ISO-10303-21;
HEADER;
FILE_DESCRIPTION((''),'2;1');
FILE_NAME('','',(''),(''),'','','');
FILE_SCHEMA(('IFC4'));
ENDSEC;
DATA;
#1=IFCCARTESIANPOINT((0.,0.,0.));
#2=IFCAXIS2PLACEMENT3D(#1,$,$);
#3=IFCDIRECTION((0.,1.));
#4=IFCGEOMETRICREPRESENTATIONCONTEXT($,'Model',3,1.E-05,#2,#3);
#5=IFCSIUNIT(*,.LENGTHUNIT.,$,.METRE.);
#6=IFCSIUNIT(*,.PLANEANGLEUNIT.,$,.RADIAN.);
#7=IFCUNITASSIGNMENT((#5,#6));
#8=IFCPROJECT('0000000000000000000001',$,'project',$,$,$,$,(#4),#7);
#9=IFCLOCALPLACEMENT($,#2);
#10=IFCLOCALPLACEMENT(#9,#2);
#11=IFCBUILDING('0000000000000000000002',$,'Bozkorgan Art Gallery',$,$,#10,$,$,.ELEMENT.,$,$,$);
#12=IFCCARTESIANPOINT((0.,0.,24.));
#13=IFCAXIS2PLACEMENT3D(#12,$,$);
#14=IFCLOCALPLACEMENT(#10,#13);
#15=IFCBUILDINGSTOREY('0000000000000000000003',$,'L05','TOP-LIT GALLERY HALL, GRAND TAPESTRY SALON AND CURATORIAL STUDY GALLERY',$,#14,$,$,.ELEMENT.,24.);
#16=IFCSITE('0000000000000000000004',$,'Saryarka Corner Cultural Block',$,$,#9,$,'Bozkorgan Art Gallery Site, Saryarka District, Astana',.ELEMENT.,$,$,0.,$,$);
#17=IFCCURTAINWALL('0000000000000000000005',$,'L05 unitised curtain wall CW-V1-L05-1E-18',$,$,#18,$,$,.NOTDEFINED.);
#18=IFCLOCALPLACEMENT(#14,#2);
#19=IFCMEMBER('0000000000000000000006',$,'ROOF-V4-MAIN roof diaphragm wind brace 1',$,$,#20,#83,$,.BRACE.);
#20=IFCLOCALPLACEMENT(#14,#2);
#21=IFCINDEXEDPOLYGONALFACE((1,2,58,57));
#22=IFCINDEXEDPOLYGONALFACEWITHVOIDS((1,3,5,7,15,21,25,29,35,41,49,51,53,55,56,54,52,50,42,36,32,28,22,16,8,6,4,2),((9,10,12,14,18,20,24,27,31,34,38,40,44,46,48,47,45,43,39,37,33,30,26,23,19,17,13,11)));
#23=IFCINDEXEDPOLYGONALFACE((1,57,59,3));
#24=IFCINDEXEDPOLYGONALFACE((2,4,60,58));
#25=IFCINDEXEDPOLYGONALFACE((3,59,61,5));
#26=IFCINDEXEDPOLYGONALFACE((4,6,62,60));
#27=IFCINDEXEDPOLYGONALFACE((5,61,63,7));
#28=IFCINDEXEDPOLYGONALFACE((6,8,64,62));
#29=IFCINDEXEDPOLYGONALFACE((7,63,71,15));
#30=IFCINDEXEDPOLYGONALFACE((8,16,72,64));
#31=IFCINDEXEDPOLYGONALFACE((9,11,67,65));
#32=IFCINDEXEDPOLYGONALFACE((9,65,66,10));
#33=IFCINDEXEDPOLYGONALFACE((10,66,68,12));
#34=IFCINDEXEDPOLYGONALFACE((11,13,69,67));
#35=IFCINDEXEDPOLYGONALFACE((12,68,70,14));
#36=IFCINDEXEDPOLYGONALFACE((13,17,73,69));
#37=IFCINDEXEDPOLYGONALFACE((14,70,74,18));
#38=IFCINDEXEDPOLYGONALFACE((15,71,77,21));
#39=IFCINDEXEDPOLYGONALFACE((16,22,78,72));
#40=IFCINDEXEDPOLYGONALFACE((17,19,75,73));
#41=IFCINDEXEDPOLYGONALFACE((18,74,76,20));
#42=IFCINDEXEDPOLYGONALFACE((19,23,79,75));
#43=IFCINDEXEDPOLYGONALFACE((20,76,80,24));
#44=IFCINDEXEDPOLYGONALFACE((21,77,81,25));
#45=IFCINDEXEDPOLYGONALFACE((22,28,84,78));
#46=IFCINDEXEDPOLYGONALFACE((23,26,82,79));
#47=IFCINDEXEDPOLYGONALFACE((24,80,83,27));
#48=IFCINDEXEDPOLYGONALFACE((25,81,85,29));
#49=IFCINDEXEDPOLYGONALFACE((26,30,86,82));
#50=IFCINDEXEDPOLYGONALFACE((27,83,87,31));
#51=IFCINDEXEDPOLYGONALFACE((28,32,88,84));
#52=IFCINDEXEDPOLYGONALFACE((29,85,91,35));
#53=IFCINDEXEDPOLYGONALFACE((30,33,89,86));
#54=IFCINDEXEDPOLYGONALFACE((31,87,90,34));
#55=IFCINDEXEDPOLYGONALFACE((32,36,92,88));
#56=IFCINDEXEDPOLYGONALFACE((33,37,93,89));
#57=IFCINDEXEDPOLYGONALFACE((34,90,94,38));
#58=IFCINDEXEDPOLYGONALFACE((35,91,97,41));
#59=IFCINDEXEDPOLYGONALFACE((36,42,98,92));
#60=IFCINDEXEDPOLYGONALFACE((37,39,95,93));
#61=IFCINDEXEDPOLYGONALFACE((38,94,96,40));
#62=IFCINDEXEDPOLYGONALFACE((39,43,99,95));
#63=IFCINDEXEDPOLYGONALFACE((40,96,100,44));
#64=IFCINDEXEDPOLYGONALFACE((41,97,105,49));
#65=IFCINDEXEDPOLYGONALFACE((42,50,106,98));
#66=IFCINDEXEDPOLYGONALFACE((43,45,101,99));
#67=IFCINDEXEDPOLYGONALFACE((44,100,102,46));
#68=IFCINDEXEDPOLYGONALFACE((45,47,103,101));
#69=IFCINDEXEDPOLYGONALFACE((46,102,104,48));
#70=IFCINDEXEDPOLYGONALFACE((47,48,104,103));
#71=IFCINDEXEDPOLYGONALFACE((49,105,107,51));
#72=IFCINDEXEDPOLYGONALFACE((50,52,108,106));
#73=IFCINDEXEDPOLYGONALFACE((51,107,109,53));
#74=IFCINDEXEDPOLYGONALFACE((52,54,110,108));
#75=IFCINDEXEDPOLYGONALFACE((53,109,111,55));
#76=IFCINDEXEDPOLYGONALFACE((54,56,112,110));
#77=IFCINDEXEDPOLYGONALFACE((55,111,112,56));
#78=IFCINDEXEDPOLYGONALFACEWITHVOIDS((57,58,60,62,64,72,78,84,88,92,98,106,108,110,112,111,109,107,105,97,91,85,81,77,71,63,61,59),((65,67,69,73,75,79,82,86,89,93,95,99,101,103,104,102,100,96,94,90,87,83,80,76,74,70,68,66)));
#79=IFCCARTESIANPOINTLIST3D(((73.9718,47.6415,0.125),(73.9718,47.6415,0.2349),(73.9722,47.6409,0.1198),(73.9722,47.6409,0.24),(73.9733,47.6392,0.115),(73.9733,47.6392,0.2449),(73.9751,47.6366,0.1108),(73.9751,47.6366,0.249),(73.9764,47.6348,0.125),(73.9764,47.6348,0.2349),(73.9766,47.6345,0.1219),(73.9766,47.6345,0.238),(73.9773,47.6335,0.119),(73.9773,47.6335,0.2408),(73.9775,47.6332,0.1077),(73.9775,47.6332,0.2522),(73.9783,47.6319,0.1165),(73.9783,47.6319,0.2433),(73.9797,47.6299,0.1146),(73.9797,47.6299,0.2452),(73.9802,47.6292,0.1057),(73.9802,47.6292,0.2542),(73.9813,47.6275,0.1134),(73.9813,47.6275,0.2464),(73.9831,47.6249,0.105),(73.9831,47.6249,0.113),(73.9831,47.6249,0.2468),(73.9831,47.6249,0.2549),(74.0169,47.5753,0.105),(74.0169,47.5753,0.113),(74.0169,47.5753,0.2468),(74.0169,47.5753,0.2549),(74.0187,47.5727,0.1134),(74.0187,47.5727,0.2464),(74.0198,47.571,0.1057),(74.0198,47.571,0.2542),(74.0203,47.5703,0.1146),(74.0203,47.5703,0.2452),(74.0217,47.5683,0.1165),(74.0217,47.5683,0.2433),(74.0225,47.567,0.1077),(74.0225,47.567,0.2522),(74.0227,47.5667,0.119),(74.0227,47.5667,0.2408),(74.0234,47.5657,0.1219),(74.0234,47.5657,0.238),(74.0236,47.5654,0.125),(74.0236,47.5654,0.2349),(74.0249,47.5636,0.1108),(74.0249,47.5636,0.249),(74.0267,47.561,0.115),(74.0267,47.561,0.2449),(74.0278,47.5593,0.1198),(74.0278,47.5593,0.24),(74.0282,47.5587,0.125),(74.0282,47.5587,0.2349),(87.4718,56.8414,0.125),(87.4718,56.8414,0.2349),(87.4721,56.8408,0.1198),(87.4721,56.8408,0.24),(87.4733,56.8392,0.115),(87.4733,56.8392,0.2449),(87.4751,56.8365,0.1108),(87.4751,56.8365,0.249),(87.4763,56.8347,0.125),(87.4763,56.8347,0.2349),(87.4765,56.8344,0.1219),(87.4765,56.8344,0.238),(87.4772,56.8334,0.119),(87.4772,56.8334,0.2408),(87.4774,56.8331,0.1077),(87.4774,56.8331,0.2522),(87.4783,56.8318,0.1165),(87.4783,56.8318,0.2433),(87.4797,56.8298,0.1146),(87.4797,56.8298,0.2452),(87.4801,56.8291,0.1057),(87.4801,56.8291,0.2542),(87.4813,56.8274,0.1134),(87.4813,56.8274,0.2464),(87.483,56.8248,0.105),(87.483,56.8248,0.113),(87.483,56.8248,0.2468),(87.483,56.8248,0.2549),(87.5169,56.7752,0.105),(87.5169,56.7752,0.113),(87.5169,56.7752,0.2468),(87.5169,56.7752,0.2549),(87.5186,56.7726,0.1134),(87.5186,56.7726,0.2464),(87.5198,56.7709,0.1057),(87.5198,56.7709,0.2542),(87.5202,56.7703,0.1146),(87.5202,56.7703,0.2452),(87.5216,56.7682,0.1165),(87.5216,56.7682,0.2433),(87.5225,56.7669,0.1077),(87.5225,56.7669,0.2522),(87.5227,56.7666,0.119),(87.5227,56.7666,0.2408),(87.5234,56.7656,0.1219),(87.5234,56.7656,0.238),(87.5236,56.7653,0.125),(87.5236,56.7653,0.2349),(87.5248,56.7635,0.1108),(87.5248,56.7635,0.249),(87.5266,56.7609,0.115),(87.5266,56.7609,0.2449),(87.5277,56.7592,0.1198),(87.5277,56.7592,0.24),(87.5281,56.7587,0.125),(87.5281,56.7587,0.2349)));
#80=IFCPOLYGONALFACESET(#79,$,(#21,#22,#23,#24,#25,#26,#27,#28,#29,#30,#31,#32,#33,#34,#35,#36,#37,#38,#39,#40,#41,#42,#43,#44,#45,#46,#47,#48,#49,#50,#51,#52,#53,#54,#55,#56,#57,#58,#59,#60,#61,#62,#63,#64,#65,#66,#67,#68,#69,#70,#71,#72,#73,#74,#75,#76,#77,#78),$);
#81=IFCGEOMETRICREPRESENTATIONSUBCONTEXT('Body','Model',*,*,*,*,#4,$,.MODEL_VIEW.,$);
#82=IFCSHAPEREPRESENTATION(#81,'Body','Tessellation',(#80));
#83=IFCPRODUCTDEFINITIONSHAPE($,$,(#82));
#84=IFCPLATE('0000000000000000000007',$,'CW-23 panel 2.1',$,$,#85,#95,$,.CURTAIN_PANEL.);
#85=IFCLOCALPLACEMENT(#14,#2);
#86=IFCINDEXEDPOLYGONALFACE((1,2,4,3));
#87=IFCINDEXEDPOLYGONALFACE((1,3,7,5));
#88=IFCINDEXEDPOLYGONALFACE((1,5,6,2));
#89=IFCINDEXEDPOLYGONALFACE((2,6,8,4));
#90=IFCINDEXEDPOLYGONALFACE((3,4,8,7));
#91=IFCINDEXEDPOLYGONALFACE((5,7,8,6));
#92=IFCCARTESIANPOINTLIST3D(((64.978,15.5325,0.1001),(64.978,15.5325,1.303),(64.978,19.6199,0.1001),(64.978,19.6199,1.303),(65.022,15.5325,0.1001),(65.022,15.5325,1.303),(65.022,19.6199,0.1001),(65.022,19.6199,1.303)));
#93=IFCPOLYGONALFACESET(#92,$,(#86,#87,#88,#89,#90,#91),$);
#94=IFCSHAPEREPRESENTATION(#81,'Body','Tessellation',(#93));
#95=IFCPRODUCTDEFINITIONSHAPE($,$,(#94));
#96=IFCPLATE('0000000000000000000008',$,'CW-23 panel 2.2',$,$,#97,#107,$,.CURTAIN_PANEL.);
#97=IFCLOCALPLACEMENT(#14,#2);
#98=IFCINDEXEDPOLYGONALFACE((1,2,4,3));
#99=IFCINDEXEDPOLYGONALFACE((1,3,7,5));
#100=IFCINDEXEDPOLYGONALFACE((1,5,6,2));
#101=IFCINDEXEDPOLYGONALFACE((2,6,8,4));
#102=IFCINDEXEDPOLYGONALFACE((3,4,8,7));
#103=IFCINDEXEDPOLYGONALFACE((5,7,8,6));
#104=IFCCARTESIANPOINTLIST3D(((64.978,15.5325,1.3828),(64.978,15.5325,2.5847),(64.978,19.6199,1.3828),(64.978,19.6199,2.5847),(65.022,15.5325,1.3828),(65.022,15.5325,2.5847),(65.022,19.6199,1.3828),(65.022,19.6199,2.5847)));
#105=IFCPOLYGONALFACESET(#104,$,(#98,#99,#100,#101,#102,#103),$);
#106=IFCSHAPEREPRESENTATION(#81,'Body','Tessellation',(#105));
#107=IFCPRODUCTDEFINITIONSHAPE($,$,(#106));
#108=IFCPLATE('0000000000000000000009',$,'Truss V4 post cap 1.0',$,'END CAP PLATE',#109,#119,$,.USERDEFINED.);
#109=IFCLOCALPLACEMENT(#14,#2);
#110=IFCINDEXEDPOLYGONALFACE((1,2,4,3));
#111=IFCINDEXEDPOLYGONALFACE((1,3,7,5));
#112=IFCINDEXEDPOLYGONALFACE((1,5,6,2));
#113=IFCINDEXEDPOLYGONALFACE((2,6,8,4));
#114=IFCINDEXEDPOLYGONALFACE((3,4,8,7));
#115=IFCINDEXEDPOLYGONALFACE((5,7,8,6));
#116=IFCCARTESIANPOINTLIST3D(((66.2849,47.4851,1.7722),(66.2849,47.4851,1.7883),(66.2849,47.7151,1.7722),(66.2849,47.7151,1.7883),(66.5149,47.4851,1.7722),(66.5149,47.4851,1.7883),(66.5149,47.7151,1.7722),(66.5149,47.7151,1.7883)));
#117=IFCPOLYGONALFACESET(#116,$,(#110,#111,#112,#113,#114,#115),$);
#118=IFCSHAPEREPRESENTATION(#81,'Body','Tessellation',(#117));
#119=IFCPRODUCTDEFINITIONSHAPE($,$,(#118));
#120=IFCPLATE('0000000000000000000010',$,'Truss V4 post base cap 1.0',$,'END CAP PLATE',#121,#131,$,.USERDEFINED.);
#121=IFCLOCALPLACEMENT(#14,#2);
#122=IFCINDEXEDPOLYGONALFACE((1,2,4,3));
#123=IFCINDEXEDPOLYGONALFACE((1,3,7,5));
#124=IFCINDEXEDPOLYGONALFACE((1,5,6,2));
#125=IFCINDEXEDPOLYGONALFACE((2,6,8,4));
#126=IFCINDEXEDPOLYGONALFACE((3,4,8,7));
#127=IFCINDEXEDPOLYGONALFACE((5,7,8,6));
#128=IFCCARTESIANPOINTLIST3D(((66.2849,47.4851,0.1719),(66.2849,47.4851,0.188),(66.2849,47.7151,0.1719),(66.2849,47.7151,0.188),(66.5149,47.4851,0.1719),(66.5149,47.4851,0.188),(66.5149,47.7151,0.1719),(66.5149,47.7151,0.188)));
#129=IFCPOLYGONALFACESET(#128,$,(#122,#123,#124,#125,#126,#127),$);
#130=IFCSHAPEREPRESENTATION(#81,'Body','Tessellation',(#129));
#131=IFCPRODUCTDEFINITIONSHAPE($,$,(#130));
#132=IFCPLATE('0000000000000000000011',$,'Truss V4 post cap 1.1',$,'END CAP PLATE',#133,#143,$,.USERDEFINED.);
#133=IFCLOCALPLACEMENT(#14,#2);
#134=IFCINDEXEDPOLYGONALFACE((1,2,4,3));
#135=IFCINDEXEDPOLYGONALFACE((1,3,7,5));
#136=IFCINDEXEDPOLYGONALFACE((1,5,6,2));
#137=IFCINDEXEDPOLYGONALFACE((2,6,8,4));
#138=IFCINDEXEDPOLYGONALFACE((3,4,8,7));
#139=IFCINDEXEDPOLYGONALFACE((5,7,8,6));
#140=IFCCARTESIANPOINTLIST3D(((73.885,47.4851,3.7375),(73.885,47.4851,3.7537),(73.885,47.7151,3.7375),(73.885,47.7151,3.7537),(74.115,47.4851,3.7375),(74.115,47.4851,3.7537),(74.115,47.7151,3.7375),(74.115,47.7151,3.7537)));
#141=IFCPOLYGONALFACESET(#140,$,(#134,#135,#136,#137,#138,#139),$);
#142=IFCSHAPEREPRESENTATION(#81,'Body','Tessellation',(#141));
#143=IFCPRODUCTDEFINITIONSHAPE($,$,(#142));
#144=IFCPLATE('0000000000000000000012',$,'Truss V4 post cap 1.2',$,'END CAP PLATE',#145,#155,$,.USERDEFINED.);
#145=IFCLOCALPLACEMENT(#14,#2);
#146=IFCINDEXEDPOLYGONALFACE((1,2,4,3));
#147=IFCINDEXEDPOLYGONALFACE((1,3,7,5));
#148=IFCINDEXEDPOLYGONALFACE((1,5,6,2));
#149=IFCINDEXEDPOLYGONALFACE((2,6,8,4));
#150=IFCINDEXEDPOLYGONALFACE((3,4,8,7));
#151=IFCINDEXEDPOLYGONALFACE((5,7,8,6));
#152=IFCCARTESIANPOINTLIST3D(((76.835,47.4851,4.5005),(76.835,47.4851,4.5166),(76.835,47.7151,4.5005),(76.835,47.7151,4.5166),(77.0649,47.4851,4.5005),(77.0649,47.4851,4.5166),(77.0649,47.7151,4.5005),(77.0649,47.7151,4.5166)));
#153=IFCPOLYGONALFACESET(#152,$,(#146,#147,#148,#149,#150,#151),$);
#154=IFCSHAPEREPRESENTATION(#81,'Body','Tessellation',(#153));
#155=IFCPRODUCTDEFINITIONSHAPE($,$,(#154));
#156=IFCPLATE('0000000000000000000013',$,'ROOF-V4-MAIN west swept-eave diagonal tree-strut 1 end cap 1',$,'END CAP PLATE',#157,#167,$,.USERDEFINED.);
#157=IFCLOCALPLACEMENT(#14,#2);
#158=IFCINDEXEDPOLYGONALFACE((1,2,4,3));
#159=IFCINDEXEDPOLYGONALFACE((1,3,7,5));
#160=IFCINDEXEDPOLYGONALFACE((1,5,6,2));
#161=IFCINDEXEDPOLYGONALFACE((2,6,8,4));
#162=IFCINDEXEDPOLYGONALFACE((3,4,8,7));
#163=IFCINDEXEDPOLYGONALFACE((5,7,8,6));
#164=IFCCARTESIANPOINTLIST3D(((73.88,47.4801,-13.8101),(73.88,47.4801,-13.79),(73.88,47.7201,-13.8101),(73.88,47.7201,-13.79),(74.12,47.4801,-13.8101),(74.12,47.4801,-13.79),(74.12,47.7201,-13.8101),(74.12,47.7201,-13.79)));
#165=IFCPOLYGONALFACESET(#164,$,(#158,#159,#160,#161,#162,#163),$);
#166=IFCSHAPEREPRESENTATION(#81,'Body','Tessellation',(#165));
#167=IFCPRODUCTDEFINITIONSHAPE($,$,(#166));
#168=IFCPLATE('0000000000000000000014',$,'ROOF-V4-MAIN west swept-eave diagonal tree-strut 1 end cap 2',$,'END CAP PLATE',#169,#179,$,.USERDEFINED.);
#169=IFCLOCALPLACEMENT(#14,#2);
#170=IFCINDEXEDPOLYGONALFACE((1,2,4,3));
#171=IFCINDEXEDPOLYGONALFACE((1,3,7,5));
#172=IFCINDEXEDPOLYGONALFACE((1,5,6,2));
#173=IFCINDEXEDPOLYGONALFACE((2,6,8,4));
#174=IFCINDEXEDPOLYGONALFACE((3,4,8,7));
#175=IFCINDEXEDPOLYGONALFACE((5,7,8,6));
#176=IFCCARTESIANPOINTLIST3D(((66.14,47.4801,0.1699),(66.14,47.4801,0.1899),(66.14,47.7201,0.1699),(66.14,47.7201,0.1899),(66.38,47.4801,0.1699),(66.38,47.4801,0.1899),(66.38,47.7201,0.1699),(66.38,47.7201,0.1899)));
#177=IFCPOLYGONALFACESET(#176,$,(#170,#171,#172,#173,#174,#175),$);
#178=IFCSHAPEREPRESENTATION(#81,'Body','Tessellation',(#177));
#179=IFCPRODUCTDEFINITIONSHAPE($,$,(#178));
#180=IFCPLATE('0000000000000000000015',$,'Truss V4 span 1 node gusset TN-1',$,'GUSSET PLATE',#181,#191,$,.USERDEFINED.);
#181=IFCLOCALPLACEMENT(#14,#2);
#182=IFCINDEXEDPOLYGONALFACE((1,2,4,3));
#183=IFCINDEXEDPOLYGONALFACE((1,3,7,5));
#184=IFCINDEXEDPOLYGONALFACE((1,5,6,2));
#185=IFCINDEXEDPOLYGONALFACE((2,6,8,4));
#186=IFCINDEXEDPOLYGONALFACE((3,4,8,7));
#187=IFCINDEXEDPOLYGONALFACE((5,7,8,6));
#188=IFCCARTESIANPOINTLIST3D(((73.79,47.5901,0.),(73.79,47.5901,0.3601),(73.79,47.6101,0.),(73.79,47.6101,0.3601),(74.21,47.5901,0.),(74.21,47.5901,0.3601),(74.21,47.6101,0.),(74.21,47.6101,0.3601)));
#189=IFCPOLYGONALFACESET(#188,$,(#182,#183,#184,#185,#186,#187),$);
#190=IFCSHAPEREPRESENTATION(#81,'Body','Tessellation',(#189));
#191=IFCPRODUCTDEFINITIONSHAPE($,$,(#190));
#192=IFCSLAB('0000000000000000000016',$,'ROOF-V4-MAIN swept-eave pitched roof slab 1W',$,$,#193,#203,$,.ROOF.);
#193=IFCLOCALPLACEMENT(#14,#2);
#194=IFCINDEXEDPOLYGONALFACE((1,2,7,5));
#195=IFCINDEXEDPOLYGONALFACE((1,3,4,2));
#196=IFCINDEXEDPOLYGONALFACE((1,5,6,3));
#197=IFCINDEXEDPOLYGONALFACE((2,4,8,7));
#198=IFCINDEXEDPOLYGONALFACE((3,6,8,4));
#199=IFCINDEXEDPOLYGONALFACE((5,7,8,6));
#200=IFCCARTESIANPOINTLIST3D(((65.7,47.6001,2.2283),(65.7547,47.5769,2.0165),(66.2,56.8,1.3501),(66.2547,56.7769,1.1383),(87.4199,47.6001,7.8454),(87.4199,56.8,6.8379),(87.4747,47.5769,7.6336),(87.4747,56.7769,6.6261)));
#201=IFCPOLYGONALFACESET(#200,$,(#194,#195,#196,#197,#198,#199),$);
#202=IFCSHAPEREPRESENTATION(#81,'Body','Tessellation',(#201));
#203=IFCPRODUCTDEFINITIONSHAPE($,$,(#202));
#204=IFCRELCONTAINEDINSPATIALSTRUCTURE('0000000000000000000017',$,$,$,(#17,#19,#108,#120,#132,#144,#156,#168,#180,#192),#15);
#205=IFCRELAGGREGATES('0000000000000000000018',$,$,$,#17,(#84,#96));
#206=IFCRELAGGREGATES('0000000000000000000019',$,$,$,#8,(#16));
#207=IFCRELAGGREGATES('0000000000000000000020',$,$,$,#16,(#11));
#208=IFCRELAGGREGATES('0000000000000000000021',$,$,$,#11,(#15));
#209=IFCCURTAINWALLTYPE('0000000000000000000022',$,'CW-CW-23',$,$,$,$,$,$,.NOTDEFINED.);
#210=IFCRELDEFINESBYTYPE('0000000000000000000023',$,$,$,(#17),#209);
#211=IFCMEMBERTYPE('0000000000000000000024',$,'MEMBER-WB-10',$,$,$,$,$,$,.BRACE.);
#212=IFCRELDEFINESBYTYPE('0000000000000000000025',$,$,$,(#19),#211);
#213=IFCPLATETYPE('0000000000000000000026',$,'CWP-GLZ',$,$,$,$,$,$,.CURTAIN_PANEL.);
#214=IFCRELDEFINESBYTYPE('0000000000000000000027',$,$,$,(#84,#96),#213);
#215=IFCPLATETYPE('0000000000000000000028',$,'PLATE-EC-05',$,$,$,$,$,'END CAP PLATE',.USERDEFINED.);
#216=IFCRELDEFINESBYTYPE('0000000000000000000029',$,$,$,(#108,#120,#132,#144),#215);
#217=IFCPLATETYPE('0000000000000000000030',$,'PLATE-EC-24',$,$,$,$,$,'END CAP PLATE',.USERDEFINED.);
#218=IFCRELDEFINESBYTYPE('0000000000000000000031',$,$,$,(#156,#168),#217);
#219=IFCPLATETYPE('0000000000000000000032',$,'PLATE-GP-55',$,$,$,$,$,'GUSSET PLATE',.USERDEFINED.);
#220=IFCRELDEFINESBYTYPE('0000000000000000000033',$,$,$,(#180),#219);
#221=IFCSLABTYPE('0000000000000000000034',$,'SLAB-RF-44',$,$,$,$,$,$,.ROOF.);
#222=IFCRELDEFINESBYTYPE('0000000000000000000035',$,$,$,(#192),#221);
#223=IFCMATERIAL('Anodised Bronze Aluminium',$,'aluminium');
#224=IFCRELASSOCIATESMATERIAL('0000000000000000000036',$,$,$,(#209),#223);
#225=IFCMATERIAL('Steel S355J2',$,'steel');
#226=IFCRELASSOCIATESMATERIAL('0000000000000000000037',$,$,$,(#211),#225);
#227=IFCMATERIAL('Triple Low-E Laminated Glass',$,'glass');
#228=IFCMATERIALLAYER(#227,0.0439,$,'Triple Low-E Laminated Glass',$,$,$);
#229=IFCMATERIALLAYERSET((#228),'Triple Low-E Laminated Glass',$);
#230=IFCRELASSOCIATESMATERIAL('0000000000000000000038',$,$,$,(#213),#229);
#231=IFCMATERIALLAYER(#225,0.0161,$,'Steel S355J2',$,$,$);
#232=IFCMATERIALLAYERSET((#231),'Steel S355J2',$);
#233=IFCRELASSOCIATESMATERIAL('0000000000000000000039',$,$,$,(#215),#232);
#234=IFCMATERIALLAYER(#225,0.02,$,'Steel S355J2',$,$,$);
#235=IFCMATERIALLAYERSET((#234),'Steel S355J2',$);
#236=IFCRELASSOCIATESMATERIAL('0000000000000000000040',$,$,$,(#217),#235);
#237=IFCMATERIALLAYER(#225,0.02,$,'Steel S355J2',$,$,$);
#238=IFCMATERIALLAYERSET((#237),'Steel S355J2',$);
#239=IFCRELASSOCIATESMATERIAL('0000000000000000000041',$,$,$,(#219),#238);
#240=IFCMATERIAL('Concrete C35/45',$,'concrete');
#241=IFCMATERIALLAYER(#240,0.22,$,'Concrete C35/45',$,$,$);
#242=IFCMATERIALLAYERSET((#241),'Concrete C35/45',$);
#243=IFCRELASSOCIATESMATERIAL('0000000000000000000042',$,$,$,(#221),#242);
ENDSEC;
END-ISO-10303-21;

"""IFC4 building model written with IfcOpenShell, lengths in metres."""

from ifc_helpers import new_model, si_unit, direction, frame, origin, origin_2d, place, context, subcontext, project, spatial, polyline, rectangle, hollow_rectangle, outline, extrude, material, layer, layer_set, material_profile, profile_set, type_object, element, aggregate, save


model = new_model("IFC4")

# Units and contexts
model_context = context("Model", 3, precision=1e-05, world=origin(), true_north=direction((0.0, 1.0)))
body_context = subcontext(model_context, "Body", "Model", "MODEL_VIEW")
ifc_project = project(units=[si_unit("LENGTHUNIT", "METRE"), si_unit("PLANEANGLEUNIT", "RADIAN")], contexts=[model_context])

# Site, building, storey
site_placement = place(None, origin())
site = spatial("IfcSite", under=ifc_project, at=site_placement, Name="Saryarka Corner Cultural Block", LongName="Bozkorgan Art Gallery Site, Saryarka District, Astana", CompositionType="ELEMENT", RefElevation=0.0)
building_placement = place(site_placement, origin())
building = spatial("IfcBuilding", under=site, at=building_placement, Name="Bozkorgan Art Gallery", CompositionType="ELEMENT")
storey_placement = place(building_placement, frame((0.0, 0.0, 24.0)))
storey = spatial("IfcBuildingStorey", under=building, at=storey_placement, Name="L05", Description="TOP-LIT GALLERY HALL, GRAND TAPESTRY SALON AND CURATORIAL STUDY GALLERY", CompositionType="ELEMENT", Elevation=24.0)

# Shared definitions
ifc_material_1 = material(Name="Steel S355J2", Category="steel")

# Curtain wall
ifc_material_2 = material(Name="Anodised Bronze Aluminium", Category="aluminium")
curtain_wall_type = type_object("IfcCurtainWallType", Name="CW-CW-23", PredefinedType="NOTDEFINED", material=ifc_material_2)
curtain_wall_placement = place(storey_placement, origin())
curtain_wall = element("IfcCurtainWall", 1, at=curtain_wall_placement, inside=storey, type_object=curtain_wall_type, Name="L05 unitised curtain wall CW-V1-L05-1E-18", PredefinedType="NOTDEFINED")

# Member
ifc_material_profile_1 = material_profile(ifc_material_1, hollow_rectangle(XDim=0.1001, YDim=0.1499, WallThickness=0.0081, InnerFilletRadius=0.012, OuterFilletRadius=0.02, at=origin_2d()), Name="RHS 150x100x8")
ifc_profile_set_1 = profile_set([ifc_material_profile_1], Name="Steel S355J2")
member_type_1 = type_object("IfcMemberType", Name="MEMBER-WB-10", PredefinedType="BRACE", material=ifc_profile_set_1)
member_1_placement = place(storey_placement, frame((74.0, 47.6001, 0.1799), z_axis=(0.826358, 0.563145, 0.0), x_axis=(-0.563145, 0.826358, 0.0)))
element("IfcMember", 2, at=member_1_placement, inside=storey, type_object=member_type_1, Name="ROOF-V4-MAIN roof diaphragm wind brace 1", PredefinedType="BRACE", context=body_context, shape_type="SweptSolid", body=[
    extrude(hollow_rectangle(XDim=0.1001, YDim=0.1499, WallThickness=0.0081, InnerFilletRadius=0.012, OuterFilletRadius=0.02, at=origin_2d()), origin(), (0.0, 0.0, 1.0), 16.3367),
])

# Plates
ifc_material_3 = material(Name="Triple Low-E Laminated Glass", Category="glass")
ifc_layer_1 = layer(ifc_material_3, 0.0439, Name="Triple Low-E Laminated Glass")
ifc_layer_set_1 = layer_set([ifc_layer_1], Name="Triple Low-E Laminated Glass")
plate_type_1 = type_object("IfcPlateType", Name="CWP-GLZ", PredefinedType="CURTAIN_PANEL", material=ifc_layer_set_1)
plate_1_placement = place(storey_placement, frame((65.0, 17.5762, 0.1001), z_axis=(0.0, 0.0, 1.0), x_axis=(0.0, 1.0, 0.0)))
plate_1 = element("IfcPlate", 3, at=plate_1_placement, type_object=plate_type_1, Name="CW-23 panel 2.1", PredefinedType="CURTAIN_PANEL", context=body_context, shape_type="SweptSolid", body=[
    extrude(rectangle(XDim=4.0874, YDim=0.0439, at=origin_2d()), origin(), (0.0, 0.0, 1.0), 1.2029),
])
plate_2_placement = place(storey_placement, frame((65.0, 17.5762, 1.3828), z_axis=(0.0, 0.0, 1.0), x_axis=(0.0, 1.0, 0.0)))
plate_2 = element("IfcPlate", 4, at=plate_2_placement, type_object=plate_type_1, Name="CW-23 panel 2.2", PredefinedType="CURTAIN_PANEL", context=body_context, shape_type="SweptSolid", body=[
    extrude(rectangle(XDim=4.0874, YDim=0.0439, at=origin_2d()), origin(), (0.0, 0.0, 1.0), 1.2019),
])
aggregate(curtain_wall, [plate_1, plate_2])

# Plates
ifc_layer_2 = layer(ifc_material_1, 0.0161, Name="Steel S355J2")
ifc_layer_set_2 = layer_set([ifc_layer_2], Name="Steel S355J2")
plate_type_2 = type_object("IfcPlateType", Name="PLATE-EC-05", ElementType="END CAP PLATE", PredefinedType="USERDEFINED", material=ifc_layer_set_2)
for number, where, z_axis, x_axis, name in (
    (5, (66.3999, 47.6001, 1.7722), (0.0, 0.0, 1.0), (1.0, 0.0, 0.0), "Truss V4 post cap 1.0"),
    (6, (66.3999, 47.6001, 0.1719), (0.0, 0.0, 1.0), (1.0, 0.0, 0.0), "Truss V4 post base cap 1.0"),
    (7, (74.0, 47.6001, 3.7375), (0.0, 0.0, 1.0), (1.0, 0.0, 0.0), "Truss V4 post cap 1.1"),
    (8, (76.95, 47.6001, 4.5005), (0.0, 0.0, 1.0), (1.0, 0.0, 0.0), "Truss V4 post cap 1.2"),
):
    element("IfcPlate", number, at=place(storey_placement, frame(where, z_axis=z_axis, x_axis=x_axis)), inside=storey, type_object=plate_type_2, Name=name, ObjectType="END CAP PLATE", PredefinedType="USERDEFINED", context=body_context, shape_type="SweptSolid", body=[
        extrude(rectangle(XDim=0.23, YDim=0.23, at=origin_2d()), origin(), (0.0, 0.0, 1.0), 0.0161),
    ])
ifc_layer_3 = layer(ifc_material_1, 0.02, Name="Steel S355J2")
ifc_layer_set_3 = layer_set([ifc_layer_3], Name="Steel S355J2")
plate_type_3 = type_object("IfcPlateType", Name="PLATE-EC-24", ElementType="END CAP PLATE", PredefinedType="USERDEFINED", material=ifc_layer_set_3)
for number, where, z_axis, x_axis, name in (
    (9, (74.0, 47.6001, -13.8101), (0.0, 0.0, 1.0), (1.0, 0.0, 0.0), "ROOF-V4-MAIN west swept-eave diagonal tree-strut 1 end cap 1"),
    (10, (66.26, 47.6001, 0.1699), (0.0, 0.0, 1.0), (1.0, 0.0, 0.0), "ROOF-V4-MAIN west swept-eave diagonal tree-strut 1 end cap 2"),
):
    element("IfcPlate", number, at=place(storey_placement, frame(where, z_axis=z_axis, x_axis=x_axis)), inside=storey, type_object=plate_type_3, Name=name, ObjectType="END CAP PLATE", PredefinedType="USERDEFINED", context=body_context, shape_type="SweptSolid", body=[
        extrude(rectangle(XDim=0.24, YDim=0.24, at=origin_2d()), origin(), (0.0, 0.0, 1.0), 0.02),
    ])
ifc_layer_4 = layer(ifc_material_1, 0.02, Name="Steel S355J2")
ifc_layer_set_4 = layer_set([ifc_layer_4], Name="Steel S355J2")
plate_type_4 = type_object("IfcPlateType", Name="PLATE-GP-55", ElementType="GUSSET PLATE", PredefinedType="USERDEFINED", material=ifc_layer_set_4)
plate_3_placement = place(storey_placement, frame((74.0, 47.6001, 0.0), z_axis=(0.0, 0.0, 1.0), x_axis=(1.0, 0.0, 0.0)))
element("IfcPlate", 11, at=plate_3_placement, inside=storey, type_object=plate_type_4, Name="Truss V4 span 1 node gusset TN-1", ObjectType="GUSSET PLATE", PredefinedType="USERDEFINED", context=body_context, shape_type="SweptSolid", body=[
    extrude(rectangle(XDim=0.4199, YDim=0.02, at=origin_2d()), origin(), (0.0, 0.0, 1.0), 0.3601),
])

# Slab
ifc_material_4 = material(Name="Concrete C35/45", Category="concrete")
ifc_layer_5 = layer(ifc_material_4, 0.22, Name="Concrete C35/45")
ifc_layer_set_5 = layer_set([ifc_layer_5], Name="Concrete C35/45")
slab_type = type_object("IfcSlabType", Name="SLAB-RF-44", PredefinedType="ROOF", material=ifc_layer_set_5)
slab_placement = place(storey_placement, frame((65.7, 47.6001, 2.2283), z_axis=(-0.248984, 0.105435, 0.962752), x_axis=(0.968148, 0.0, 0.250379)))
element("IfcSlab", 12, at=slab_placement, inside=storey, type_object=slab_type, Name="ROOF-V4-MAIN swept-eave pitched roof slab 1W", PredefinedType="ROOF", context=body_context, shape_type="SweptSolid", body=[
    extrude(outline(polyline([(0.0, 0.0), (22.4346, 0.0), (22.1823, 9.2515), (0.2642, 9.2515), (0.0, 0.0)])), origin(), (0.0, 0.0, -1.0), 0.22),
])

save(model, "model.ifc")
